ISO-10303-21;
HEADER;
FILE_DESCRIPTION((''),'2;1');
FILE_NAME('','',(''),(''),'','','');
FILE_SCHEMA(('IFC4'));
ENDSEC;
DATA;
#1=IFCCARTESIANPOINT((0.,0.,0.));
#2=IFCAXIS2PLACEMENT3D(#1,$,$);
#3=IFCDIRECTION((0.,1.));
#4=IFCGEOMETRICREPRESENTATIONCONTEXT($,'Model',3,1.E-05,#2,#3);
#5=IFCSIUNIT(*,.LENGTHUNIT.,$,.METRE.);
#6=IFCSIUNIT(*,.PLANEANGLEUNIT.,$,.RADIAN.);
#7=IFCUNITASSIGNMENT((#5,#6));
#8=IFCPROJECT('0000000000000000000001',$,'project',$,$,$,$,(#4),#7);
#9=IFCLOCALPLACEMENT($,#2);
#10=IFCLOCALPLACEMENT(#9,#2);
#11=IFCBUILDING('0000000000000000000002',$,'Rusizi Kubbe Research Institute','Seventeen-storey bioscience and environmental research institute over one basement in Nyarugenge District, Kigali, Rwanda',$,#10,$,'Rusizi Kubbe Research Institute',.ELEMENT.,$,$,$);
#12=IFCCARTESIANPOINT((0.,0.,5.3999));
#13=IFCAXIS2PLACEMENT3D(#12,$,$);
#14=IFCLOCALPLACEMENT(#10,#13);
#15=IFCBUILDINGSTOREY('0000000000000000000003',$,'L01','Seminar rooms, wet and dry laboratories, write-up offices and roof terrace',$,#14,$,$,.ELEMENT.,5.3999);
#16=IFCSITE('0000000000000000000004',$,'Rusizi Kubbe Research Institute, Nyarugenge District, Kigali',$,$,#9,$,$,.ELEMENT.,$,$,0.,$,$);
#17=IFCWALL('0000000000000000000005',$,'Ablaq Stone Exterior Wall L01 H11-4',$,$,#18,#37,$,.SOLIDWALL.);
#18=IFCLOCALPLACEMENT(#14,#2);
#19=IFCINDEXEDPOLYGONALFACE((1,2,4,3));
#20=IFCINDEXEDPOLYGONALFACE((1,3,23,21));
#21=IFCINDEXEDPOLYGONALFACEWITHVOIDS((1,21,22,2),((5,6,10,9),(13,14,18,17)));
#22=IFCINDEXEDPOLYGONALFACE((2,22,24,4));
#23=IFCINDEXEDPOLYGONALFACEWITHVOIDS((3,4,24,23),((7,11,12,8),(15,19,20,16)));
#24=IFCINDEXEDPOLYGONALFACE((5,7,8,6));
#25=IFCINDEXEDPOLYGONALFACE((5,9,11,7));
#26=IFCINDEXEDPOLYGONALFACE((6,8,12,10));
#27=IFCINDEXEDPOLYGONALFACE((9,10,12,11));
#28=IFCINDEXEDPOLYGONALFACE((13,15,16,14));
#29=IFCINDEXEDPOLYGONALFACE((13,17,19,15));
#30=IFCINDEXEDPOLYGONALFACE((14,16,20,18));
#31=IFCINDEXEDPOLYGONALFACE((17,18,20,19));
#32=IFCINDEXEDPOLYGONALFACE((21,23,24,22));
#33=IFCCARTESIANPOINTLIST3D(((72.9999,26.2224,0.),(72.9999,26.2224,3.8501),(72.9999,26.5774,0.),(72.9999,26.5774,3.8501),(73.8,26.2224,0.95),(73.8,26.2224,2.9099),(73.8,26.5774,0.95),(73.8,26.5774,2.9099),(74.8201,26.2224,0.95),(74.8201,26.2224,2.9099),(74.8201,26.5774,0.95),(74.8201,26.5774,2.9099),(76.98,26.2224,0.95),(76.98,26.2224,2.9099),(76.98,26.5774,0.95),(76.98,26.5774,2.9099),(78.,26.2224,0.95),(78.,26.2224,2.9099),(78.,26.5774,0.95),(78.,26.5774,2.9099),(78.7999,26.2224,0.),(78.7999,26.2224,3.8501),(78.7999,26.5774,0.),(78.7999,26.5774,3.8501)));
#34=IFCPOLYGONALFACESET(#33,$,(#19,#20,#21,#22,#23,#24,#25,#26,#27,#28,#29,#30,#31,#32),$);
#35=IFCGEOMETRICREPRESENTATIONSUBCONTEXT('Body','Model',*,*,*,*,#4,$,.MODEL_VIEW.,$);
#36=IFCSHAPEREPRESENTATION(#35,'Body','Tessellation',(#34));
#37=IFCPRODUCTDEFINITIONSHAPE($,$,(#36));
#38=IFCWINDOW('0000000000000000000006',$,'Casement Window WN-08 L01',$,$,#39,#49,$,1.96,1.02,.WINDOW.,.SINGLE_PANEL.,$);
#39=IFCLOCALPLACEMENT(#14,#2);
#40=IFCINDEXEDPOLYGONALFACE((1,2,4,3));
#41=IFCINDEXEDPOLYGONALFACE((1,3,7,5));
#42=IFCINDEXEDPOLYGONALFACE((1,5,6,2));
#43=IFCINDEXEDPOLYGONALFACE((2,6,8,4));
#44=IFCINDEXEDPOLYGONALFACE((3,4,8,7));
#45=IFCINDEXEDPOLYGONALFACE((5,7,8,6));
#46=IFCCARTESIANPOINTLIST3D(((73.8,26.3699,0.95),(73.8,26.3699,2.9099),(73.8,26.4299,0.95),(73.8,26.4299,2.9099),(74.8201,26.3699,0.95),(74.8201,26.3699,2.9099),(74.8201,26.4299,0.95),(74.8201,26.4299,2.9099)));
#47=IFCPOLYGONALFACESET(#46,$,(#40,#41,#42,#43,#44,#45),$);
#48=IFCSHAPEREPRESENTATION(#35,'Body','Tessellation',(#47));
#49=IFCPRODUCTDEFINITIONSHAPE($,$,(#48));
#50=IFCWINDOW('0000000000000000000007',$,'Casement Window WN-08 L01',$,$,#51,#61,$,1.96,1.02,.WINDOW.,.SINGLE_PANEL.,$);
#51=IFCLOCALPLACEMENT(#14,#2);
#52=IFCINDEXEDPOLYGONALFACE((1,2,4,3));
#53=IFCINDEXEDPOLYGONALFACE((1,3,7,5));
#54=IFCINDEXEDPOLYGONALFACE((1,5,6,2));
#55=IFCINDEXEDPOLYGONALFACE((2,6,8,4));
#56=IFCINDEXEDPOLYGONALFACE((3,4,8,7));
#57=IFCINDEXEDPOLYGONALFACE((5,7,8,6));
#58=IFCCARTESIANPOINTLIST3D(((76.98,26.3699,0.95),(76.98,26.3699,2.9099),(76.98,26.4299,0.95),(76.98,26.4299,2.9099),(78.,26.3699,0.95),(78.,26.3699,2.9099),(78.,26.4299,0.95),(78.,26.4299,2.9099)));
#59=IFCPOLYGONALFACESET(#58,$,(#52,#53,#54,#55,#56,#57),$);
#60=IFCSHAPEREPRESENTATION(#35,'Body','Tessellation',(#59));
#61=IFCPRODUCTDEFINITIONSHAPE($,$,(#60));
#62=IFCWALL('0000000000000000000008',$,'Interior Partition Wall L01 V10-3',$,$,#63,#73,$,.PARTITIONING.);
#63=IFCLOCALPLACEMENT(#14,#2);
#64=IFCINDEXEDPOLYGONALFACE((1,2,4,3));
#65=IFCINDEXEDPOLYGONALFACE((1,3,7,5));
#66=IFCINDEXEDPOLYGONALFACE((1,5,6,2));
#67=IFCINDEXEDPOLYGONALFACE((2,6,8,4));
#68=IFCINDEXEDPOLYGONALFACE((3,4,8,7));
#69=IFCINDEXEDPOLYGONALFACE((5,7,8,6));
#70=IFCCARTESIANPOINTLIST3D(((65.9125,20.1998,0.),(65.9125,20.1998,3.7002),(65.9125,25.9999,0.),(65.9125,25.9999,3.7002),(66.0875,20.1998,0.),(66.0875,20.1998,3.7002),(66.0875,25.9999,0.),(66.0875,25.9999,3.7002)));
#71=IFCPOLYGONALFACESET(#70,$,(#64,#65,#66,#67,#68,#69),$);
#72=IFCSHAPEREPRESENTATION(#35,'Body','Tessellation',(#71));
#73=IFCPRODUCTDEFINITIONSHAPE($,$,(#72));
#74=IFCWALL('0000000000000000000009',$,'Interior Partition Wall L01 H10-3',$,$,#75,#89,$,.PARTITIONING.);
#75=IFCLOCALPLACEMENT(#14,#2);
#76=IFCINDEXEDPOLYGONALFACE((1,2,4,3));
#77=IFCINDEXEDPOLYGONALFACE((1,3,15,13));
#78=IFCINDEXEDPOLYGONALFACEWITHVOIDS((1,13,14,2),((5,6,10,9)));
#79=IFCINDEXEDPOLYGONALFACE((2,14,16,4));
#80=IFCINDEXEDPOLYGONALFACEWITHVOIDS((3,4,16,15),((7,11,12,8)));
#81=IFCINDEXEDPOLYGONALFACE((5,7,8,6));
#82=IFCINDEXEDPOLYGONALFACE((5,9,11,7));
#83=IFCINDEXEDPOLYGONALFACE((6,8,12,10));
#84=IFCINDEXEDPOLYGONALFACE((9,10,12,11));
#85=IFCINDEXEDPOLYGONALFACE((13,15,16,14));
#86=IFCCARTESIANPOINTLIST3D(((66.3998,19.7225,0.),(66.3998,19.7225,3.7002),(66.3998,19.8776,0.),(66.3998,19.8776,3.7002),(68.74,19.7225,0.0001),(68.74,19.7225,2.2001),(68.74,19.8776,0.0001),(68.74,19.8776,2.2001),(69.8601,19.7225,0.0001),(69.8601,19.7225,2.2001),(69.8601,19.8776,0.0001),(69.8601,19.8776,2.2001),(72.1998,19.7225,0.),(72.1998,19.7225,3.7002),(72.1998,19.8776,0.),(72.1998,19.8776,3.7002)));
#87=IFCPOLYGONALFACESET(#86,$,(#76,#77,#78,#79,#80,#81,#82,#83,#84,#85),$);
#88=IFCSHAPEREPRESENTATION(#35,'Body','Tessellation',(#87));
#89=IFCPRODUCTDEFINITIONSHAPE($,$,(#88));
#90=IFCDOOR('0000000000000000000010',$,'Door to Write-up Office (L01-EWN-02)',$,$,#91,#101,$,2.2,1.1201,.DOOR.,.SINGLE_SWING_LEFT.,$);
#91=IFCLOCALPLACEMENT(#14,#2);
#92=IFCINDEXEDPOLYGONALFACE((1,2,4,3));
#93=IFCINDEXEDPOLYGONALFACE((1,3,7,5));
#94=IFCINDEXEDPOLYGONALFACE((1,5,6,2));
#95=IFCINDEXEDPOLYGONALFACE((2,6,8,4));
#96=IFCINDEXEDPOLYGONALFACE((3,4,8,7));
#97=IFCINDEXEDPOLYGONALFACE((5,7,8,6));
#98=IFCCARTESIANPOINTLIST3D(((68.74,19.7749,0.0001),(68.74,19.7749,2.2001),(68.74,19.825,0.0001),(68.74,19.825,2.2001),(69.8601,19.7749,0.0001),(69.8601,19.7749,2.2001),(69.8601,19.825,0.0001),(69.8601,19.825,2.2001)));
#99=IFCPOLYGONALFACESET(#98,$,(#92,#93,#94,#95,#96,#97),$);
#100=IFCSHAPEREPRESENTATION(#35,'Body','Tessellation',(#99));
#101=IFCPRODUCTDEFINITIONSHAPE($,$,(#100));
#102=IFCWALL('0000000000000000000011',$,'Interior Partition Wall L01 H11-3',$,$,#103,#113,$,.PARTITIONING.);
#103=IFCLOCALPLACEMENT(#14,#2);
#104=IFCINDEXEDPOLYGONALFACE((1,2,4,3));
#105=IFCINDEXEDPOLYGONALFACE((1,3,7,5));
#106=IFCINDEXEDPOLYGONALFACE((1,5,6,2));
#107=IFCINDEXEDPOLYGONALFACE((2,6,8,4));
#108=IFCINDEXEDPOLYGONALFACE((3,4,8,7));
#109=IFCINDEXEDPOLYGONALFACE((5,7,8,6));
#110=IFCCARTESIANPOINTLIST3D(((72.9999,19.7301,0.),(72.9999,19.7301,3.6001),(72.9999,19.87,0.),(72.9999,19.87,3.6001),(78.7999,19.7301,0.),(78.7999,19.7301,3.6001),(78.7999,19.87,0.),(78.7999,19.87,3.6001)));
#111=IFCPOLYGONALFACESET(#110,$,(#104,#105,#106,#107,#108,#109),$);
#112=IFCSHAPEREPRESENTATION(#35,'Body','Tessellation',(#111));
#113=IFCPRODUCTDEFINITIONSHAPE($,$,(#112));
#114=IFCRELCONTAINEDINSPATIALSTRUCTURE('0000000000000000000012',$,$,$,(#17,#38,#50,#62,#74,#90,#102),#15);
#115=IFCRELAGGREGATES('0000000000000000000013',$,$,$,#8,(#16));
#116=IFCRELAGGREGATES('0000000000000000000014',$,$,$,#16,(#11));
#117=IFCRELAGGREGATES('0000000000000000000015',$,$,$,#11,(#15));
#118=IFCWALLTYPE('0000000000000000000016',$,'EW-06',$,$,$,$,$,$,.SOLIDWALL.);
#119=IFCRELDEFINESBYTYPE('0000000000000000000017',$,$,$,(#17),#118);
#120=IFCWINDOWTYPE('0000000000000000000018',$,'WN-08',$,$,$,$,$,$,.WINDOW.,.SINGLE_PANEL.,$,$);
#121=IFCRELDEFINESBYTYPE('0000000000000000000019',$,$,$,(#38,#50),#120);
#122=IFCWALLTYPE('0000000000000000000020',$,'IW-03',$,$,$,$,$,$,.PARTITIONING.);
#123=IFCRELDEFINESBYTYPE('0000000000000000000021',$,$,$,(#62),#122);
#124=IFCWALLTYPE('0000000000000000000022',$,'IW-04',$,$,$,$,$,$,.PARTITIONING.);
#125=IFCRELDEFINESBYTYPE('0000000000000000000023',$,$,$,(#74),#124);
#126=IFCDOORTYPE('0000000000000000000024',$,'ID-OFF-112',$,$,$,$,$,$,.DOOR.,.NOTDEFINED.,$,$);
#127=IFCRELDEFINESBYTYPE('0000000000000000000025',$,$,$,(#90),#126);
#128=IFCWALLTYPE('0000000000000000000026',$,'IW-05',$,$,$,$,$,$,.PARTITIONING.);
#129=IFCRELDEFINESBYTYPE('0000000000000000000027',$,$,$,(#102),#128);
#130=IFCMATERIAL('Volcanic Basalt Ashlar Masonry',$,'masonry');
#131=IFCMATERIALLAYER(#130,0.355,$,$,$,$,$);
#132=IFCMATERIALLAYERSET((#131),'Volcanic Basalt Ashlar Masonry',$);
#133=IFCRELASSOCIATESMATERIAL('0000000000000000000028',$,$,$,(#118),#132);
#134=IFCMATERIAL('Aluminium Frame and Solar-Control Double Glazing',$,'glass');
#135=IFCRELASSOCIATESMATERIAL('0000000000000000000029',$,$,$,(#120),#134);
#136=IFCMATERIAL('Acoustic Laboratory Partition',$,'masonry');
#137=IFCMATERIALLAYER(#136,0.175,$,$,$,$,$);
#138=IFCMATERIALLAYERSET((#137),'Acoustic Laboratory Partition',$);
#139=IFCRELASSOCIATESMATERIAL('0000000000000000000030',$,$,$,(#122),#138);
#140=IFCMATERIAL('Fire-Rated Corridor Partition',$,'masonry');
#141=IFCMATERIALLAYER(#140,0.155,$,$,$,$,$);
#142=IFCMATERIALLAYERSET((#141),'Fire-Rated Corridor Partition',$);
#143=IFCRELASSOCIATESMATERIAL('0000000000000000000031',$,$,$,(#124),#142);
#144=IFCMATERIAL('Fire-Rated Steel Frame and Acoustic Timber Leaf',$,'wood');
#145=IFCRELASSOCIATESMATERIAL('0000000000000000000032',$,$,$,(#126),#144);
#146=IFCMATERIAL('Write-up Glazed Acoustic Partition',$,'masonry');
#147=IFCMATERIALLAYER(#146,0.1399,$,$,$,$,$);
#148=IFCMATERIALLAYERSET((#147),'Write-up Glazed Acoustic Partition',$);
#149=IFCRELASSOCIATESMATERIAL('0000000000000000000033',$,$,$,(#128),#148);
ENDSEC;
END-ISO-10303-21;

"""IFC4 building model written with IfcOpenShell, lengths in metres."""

from ifc_helpers import new_model, si_unit, direction, frame, frame_2d, origin, place, context, subcontext, project, spatial, rectangle, extrude, material, layer, layer_set, type_object, element, fill, save


model = new_model("IFC4")

# Units and contexts
model_context = context("Model", 3, precision=1e-05, world=origin(), true_north=direction((0.0, 1.0)))
body_context = subcontext(model_context, "Body", "Model", "MODEL_VIEW")
ifc_project = project(units=[si_unit("LENGTHUNIT", "METRE"), si_unit("PLANEANGLEUNIT", "RADIAN")], contexts=[model_context])

# Site, building, storey
site_placement = place(None, origin())
site = spatial("IfcSite", under=ifc_project, at=site_placement, Name="Rusizi Kubbe Research Institute, Nyarugenge District, Kigali", CompositionType="ELEMENT", RefElevation=0.0)
building_placement = place(site_placement, origin())
building = spatial("IfcBuilding", under=site, at=building_placement, Name="Rusizi Kubbe Research Institute", Description="Seventeen-storey bioscience and environmental research institute over one basement in Nyarugenge District, Kigali, Rwanda", LongName="Rusizi Kubbe Research Institute", CompositionType="ELEMENT")
storey_placement = place(building_placement, frame((0.0, 0.0, 5.3999)))
storey = spatial("IfcBuildingStorey", under=building, at=storey_placement, Name="L01", Description="Seminar rooms, wet and dry laboratories, write-up offices and roof terrace", CompositionType="ELEMENT", Elevation=5.3999)

# Wall, openings, windows
ifc_material_1 = material(Name="Volcanic Basalt Ashlar Masonry", Category="masonry")
ifc_layer_1 = layer(ifc_material_1, 0.355)
ifc_layer_set_1 = layer_set([ifc_layer_1], Name="Volcanic Basalt Ashlar Masonry")
wall_type_1 = type_object("IfcWallType", Name="EW-06", PredefinedType="SOLIDWALL", material=ifc_layer_set_1)
wall_1_placement = place(storey_placement, frame((73.0, 26.3999, 0.0), z_axis=(0.0, 0.0, 1.0), x_axis=(1.0, 0.0, 0.0)))
wall_1 = element("IfcWall", 1, at=wall_1_placement, inside=storey, type_object=wall_type_1, Name="Ablaq Stone Exterior Wall L01 H11-4", PredefinedType="SOLIDWALL", context=body_context, shape_type="SweptSolid", body=[
    extrude(rectangle(XDim=5.8, YDim=0.355, at=frame_2d((2.8999, 0.0))), origin(), (0.0, 0.0, 1.0), 3.8501),
])
opening_1_placement = place(wall_1_placement, frame((0.8, 0.0, 0.95)))
opening_1 = element("IfcOpeningElement", 2, at=opening_1_placement, cuts=wall_1, PredefinedType="OPENING", context=body_context, shape_type="SweptSolid", body=[
    extrude(rectangle(XDim=1.02, YDim=1.96, at=frame_2d((0.51, 0.98))), frame((0.0, 0.1875, 0.0), z_axis=(0.0, -1.0, 0.0), x_axis=(1.0, 0.0, 0.0)), (0.0, 0.0, 1.0), 0.375),
])
opening_2_placement = place(wall_1_placement, frame((3.98, 0.0, 0.95)))
opening_2 = element("IfcOpeningElement", 3, at=opening_2_placement, cuts=wall_1, PredefinedType="OPENING", context=body_context, shape_type="SweptSolid", body=[
    extrude(rectangle(XDim=1.02, YDim=1.96, at=frame_2d((0.51, 0.98))), frame((0.0, 0.1875, 0.0), z_axis=(0.0, -1.0, 0.0), x_axis=(1.0, 0.0, 0.0)), (0.0, 0.0, 1.0), 0.375),
])
ifc_material_2 = material(Name="Aluminium Frame and Solar-Control Double Glazing", Category="glass")
window_type = type_object("IfcWindowType", Name="WN-08", PartitioningType="SINGLE_PANEL", PredefinedType="WINDOW", material=ifc_material_2)
window_1_placement = place(opening_1_placement, origin())
window_1 = element("IfcWindow", 4, at=window_1_placement, inside=storey, type_object=window_type, Name="Casement Window WN-08 L01", OverallHeight=1.96, OverallWidth=1.02, PartitioningType="SINGLE_PANEL", PredefinedType="WINDOW", context=body_context, shape_type="SweptSolid", body=[
    extrude(rectangle(XDim=1.02, YDim=1.96, at=frame_2d((0.51, 0.98))), frame((0.0, 0.03, 0.0), z_axis=(0.0, -1.0, 0.0), x_axis=(1.0, 0.0, 0.0)), (0.0, 0.0, 1.0), 0.0601),
])
fill(opening_1, window_1)
window_2_placement = place(opening_2_placement, origin())
window_2 = element("IfcWindow", 5, at=window_2_placement, inside=storey, type_object=window_type, Name="Casement Window WN-08 L01", OverallHeight=1.96, OverallWidth=1.02, PartitioningType="SINGLE_PANEL", PredefinedType="WINDOW", context=body_context, shape_type="SweptSolid", body=[
    extrude(rectangle(XDim=1.02, YDim=1.96, at=frame_2d((0.51, 0.98))), frame((0.0, 0.03, 0.0), z_axis=(0.0, -1.0, 0.0), x_axis=(1.0, 0.0, 0.0)), (0.0, 0.0, 1.0), 0.0601),
])
fill(opening_2, window_2)

# Wall
ifc_material_3 = material(Name="Acoustic Laboratory Partition", Category="masonry")
ifc_layer_2 = layer(ifc_material_3, 0.175)
ifc_layer_set_2 = layer_set([ifc_layer_2], Name="Acoustic Laboratory Partition")
wall_type_2 = type_object("IfcWallType", Name="IW-03", PredefinedType="PARTITIONING", material=ifc_layer_set_2)
wall_2_placement = place(storey_placement, frame((66.0, 20.2, 0.0), z_axis=(0.0, 0.0, 1.0), x_axis=(0.0, 1.0, 0.0)))
element("IfcWall", 6, at=wall_2_placement, inside=storey, type_object=wall_type_2, Name="Interior Partition Wall L01 V10-3", PredefinedType="PARTITIONING", context=body_context, shape_type="SweptSolid", body=[
    extrude(rectangle(XDim=5.8, YDim=0.175, at=frame_2d((2.8999, 0.0))), origin(), (0.0, 0.0, 1.0), 3.7002),
])

# Wall, opening, door
ifc_material_4 = material(Name="Fire-Rated Corridor Partition", Category="masonry")
ifc_layer_3 = layer(ifc_material_4, 0.155)
ifc_layer_set_3 = layer_set([ifc_layer_3], Name="Fire-Rated Corridor Partition")
wall_type_3 = type_object("IfcWallType", Name="IW-04", PredefinedType="PARTITIONING", material=ifc_layer_set_3)
wall_3_placement = place(storey_placement, frame((66.3999, 19.8, 0.0), z_axis=(0.0, 0.0, 1.0), x_axis=(1.0, 0.0, 0.0)))
wall_3 = element("IfcWall", 7, at=wall_3_placement, inside=storey, type_object=wall_type_3, Name="Interior Partition Wall L01 H10-3", PredefinedType="PARTITIONING", context=body_context, shape_type="SweptSolid", body=[
    extrude(rectangle(XDim=5.8, YDim=0.155, at=frame_2d((2.8999, 0.0))), origin(), (0.0, 0.0, 1.0), 3.7002),
])
opening_3_placement = place(wall_3_placement, frame((2.3401, 0.0, 0.0)))
opening_3 = element("IfcOpeningElement", 8, at=opening_3_placement, cuts=wall_3, PredefinedType="OPENING", context=body_context, shape_type="SweptSolid", body=[
    extrude(rectangle(XDim=1.1201, YDim=2.2, at=frame_2d((0.5601, 1.1001))), frame((0.0, 0.0874, 0.0), z_axis=(0.0, -1.0, 0.0), x_axis=(1.0, 0.0, 0.0)), (0.0, 0.0, 1.0), 0.175),
])
ifc_material_5 = material(Name="Fire-Rated Steel Frame and Acoustic Timber Leaf", Category="wood")
door_type = type_object("IfcDoorType", Name="ID-OFF-112", OperationType="NOTDEFINED", PredefinedType="DOOR", material=ifc_material_5)
door_placement = place(opening_3_placement, origin())
door = element("IfcDoor", 9, at=door_placement, inside=storey, type_object=door_type, Name="Door to Write-up Office (L01-EWN-02)", OperationType="SINGLE_SWING_LEFT", OverallHeight=2.2, OverallWidth=1.1201, PredefinedType="DOOR", context=body_context, shape_type="SweptSolid", body=[
    extrude(rectangle(XDim=1.1201, YDim=2.2, at=frame_2d((0.5601, 1.1001))), frame((0.0, 0.0249, 0.0), z_axis=(0.0, -1.0, 0.0), x_axis=(1.0, 0.0, 0.0)), (0.0, 0.0, 1.0), 0.05),
])
fill(opening_3, door)

# Wall
ifc_material_6 = material(Name="Write-up Glazed Acoustic Partition", Category="masonry")
ifc_layer_4 = layer(ifc_material_6, 0.1399)
ifc_layer_set_4 = layer_set([ifc_layer_4], Name="Write-up Glazed Acoustic Partition")
wall_type_4 = type_object("IfcWallType", Name="IW-05", PredefinedType="PARTITIONING", material=ifc_layer_set_4)
wall_4_placement = place(storey_placement, frame((73.0, 19.8, 0.0), z_axis=(0.0, 0.0, 1.0), x_axis=(1.0, 0.0, 0.0)))
element("IfcWall", 10, at=wall_4_placement, inside=storey, type_object=wall_type_4, Name="Interior Partition Wall L01 H11-3", PredefinedType="PARTITIONING", context=body_context, shape_type="SweptSolid", body=[
    extrude(rectangle(XDim=5.8, YDim=0.1399, at=frame_2d((2.8999, 0.0))), origin(), (0.0, 0.0, 1.0), 3.6001),
])

save(model, "model.ifc")
